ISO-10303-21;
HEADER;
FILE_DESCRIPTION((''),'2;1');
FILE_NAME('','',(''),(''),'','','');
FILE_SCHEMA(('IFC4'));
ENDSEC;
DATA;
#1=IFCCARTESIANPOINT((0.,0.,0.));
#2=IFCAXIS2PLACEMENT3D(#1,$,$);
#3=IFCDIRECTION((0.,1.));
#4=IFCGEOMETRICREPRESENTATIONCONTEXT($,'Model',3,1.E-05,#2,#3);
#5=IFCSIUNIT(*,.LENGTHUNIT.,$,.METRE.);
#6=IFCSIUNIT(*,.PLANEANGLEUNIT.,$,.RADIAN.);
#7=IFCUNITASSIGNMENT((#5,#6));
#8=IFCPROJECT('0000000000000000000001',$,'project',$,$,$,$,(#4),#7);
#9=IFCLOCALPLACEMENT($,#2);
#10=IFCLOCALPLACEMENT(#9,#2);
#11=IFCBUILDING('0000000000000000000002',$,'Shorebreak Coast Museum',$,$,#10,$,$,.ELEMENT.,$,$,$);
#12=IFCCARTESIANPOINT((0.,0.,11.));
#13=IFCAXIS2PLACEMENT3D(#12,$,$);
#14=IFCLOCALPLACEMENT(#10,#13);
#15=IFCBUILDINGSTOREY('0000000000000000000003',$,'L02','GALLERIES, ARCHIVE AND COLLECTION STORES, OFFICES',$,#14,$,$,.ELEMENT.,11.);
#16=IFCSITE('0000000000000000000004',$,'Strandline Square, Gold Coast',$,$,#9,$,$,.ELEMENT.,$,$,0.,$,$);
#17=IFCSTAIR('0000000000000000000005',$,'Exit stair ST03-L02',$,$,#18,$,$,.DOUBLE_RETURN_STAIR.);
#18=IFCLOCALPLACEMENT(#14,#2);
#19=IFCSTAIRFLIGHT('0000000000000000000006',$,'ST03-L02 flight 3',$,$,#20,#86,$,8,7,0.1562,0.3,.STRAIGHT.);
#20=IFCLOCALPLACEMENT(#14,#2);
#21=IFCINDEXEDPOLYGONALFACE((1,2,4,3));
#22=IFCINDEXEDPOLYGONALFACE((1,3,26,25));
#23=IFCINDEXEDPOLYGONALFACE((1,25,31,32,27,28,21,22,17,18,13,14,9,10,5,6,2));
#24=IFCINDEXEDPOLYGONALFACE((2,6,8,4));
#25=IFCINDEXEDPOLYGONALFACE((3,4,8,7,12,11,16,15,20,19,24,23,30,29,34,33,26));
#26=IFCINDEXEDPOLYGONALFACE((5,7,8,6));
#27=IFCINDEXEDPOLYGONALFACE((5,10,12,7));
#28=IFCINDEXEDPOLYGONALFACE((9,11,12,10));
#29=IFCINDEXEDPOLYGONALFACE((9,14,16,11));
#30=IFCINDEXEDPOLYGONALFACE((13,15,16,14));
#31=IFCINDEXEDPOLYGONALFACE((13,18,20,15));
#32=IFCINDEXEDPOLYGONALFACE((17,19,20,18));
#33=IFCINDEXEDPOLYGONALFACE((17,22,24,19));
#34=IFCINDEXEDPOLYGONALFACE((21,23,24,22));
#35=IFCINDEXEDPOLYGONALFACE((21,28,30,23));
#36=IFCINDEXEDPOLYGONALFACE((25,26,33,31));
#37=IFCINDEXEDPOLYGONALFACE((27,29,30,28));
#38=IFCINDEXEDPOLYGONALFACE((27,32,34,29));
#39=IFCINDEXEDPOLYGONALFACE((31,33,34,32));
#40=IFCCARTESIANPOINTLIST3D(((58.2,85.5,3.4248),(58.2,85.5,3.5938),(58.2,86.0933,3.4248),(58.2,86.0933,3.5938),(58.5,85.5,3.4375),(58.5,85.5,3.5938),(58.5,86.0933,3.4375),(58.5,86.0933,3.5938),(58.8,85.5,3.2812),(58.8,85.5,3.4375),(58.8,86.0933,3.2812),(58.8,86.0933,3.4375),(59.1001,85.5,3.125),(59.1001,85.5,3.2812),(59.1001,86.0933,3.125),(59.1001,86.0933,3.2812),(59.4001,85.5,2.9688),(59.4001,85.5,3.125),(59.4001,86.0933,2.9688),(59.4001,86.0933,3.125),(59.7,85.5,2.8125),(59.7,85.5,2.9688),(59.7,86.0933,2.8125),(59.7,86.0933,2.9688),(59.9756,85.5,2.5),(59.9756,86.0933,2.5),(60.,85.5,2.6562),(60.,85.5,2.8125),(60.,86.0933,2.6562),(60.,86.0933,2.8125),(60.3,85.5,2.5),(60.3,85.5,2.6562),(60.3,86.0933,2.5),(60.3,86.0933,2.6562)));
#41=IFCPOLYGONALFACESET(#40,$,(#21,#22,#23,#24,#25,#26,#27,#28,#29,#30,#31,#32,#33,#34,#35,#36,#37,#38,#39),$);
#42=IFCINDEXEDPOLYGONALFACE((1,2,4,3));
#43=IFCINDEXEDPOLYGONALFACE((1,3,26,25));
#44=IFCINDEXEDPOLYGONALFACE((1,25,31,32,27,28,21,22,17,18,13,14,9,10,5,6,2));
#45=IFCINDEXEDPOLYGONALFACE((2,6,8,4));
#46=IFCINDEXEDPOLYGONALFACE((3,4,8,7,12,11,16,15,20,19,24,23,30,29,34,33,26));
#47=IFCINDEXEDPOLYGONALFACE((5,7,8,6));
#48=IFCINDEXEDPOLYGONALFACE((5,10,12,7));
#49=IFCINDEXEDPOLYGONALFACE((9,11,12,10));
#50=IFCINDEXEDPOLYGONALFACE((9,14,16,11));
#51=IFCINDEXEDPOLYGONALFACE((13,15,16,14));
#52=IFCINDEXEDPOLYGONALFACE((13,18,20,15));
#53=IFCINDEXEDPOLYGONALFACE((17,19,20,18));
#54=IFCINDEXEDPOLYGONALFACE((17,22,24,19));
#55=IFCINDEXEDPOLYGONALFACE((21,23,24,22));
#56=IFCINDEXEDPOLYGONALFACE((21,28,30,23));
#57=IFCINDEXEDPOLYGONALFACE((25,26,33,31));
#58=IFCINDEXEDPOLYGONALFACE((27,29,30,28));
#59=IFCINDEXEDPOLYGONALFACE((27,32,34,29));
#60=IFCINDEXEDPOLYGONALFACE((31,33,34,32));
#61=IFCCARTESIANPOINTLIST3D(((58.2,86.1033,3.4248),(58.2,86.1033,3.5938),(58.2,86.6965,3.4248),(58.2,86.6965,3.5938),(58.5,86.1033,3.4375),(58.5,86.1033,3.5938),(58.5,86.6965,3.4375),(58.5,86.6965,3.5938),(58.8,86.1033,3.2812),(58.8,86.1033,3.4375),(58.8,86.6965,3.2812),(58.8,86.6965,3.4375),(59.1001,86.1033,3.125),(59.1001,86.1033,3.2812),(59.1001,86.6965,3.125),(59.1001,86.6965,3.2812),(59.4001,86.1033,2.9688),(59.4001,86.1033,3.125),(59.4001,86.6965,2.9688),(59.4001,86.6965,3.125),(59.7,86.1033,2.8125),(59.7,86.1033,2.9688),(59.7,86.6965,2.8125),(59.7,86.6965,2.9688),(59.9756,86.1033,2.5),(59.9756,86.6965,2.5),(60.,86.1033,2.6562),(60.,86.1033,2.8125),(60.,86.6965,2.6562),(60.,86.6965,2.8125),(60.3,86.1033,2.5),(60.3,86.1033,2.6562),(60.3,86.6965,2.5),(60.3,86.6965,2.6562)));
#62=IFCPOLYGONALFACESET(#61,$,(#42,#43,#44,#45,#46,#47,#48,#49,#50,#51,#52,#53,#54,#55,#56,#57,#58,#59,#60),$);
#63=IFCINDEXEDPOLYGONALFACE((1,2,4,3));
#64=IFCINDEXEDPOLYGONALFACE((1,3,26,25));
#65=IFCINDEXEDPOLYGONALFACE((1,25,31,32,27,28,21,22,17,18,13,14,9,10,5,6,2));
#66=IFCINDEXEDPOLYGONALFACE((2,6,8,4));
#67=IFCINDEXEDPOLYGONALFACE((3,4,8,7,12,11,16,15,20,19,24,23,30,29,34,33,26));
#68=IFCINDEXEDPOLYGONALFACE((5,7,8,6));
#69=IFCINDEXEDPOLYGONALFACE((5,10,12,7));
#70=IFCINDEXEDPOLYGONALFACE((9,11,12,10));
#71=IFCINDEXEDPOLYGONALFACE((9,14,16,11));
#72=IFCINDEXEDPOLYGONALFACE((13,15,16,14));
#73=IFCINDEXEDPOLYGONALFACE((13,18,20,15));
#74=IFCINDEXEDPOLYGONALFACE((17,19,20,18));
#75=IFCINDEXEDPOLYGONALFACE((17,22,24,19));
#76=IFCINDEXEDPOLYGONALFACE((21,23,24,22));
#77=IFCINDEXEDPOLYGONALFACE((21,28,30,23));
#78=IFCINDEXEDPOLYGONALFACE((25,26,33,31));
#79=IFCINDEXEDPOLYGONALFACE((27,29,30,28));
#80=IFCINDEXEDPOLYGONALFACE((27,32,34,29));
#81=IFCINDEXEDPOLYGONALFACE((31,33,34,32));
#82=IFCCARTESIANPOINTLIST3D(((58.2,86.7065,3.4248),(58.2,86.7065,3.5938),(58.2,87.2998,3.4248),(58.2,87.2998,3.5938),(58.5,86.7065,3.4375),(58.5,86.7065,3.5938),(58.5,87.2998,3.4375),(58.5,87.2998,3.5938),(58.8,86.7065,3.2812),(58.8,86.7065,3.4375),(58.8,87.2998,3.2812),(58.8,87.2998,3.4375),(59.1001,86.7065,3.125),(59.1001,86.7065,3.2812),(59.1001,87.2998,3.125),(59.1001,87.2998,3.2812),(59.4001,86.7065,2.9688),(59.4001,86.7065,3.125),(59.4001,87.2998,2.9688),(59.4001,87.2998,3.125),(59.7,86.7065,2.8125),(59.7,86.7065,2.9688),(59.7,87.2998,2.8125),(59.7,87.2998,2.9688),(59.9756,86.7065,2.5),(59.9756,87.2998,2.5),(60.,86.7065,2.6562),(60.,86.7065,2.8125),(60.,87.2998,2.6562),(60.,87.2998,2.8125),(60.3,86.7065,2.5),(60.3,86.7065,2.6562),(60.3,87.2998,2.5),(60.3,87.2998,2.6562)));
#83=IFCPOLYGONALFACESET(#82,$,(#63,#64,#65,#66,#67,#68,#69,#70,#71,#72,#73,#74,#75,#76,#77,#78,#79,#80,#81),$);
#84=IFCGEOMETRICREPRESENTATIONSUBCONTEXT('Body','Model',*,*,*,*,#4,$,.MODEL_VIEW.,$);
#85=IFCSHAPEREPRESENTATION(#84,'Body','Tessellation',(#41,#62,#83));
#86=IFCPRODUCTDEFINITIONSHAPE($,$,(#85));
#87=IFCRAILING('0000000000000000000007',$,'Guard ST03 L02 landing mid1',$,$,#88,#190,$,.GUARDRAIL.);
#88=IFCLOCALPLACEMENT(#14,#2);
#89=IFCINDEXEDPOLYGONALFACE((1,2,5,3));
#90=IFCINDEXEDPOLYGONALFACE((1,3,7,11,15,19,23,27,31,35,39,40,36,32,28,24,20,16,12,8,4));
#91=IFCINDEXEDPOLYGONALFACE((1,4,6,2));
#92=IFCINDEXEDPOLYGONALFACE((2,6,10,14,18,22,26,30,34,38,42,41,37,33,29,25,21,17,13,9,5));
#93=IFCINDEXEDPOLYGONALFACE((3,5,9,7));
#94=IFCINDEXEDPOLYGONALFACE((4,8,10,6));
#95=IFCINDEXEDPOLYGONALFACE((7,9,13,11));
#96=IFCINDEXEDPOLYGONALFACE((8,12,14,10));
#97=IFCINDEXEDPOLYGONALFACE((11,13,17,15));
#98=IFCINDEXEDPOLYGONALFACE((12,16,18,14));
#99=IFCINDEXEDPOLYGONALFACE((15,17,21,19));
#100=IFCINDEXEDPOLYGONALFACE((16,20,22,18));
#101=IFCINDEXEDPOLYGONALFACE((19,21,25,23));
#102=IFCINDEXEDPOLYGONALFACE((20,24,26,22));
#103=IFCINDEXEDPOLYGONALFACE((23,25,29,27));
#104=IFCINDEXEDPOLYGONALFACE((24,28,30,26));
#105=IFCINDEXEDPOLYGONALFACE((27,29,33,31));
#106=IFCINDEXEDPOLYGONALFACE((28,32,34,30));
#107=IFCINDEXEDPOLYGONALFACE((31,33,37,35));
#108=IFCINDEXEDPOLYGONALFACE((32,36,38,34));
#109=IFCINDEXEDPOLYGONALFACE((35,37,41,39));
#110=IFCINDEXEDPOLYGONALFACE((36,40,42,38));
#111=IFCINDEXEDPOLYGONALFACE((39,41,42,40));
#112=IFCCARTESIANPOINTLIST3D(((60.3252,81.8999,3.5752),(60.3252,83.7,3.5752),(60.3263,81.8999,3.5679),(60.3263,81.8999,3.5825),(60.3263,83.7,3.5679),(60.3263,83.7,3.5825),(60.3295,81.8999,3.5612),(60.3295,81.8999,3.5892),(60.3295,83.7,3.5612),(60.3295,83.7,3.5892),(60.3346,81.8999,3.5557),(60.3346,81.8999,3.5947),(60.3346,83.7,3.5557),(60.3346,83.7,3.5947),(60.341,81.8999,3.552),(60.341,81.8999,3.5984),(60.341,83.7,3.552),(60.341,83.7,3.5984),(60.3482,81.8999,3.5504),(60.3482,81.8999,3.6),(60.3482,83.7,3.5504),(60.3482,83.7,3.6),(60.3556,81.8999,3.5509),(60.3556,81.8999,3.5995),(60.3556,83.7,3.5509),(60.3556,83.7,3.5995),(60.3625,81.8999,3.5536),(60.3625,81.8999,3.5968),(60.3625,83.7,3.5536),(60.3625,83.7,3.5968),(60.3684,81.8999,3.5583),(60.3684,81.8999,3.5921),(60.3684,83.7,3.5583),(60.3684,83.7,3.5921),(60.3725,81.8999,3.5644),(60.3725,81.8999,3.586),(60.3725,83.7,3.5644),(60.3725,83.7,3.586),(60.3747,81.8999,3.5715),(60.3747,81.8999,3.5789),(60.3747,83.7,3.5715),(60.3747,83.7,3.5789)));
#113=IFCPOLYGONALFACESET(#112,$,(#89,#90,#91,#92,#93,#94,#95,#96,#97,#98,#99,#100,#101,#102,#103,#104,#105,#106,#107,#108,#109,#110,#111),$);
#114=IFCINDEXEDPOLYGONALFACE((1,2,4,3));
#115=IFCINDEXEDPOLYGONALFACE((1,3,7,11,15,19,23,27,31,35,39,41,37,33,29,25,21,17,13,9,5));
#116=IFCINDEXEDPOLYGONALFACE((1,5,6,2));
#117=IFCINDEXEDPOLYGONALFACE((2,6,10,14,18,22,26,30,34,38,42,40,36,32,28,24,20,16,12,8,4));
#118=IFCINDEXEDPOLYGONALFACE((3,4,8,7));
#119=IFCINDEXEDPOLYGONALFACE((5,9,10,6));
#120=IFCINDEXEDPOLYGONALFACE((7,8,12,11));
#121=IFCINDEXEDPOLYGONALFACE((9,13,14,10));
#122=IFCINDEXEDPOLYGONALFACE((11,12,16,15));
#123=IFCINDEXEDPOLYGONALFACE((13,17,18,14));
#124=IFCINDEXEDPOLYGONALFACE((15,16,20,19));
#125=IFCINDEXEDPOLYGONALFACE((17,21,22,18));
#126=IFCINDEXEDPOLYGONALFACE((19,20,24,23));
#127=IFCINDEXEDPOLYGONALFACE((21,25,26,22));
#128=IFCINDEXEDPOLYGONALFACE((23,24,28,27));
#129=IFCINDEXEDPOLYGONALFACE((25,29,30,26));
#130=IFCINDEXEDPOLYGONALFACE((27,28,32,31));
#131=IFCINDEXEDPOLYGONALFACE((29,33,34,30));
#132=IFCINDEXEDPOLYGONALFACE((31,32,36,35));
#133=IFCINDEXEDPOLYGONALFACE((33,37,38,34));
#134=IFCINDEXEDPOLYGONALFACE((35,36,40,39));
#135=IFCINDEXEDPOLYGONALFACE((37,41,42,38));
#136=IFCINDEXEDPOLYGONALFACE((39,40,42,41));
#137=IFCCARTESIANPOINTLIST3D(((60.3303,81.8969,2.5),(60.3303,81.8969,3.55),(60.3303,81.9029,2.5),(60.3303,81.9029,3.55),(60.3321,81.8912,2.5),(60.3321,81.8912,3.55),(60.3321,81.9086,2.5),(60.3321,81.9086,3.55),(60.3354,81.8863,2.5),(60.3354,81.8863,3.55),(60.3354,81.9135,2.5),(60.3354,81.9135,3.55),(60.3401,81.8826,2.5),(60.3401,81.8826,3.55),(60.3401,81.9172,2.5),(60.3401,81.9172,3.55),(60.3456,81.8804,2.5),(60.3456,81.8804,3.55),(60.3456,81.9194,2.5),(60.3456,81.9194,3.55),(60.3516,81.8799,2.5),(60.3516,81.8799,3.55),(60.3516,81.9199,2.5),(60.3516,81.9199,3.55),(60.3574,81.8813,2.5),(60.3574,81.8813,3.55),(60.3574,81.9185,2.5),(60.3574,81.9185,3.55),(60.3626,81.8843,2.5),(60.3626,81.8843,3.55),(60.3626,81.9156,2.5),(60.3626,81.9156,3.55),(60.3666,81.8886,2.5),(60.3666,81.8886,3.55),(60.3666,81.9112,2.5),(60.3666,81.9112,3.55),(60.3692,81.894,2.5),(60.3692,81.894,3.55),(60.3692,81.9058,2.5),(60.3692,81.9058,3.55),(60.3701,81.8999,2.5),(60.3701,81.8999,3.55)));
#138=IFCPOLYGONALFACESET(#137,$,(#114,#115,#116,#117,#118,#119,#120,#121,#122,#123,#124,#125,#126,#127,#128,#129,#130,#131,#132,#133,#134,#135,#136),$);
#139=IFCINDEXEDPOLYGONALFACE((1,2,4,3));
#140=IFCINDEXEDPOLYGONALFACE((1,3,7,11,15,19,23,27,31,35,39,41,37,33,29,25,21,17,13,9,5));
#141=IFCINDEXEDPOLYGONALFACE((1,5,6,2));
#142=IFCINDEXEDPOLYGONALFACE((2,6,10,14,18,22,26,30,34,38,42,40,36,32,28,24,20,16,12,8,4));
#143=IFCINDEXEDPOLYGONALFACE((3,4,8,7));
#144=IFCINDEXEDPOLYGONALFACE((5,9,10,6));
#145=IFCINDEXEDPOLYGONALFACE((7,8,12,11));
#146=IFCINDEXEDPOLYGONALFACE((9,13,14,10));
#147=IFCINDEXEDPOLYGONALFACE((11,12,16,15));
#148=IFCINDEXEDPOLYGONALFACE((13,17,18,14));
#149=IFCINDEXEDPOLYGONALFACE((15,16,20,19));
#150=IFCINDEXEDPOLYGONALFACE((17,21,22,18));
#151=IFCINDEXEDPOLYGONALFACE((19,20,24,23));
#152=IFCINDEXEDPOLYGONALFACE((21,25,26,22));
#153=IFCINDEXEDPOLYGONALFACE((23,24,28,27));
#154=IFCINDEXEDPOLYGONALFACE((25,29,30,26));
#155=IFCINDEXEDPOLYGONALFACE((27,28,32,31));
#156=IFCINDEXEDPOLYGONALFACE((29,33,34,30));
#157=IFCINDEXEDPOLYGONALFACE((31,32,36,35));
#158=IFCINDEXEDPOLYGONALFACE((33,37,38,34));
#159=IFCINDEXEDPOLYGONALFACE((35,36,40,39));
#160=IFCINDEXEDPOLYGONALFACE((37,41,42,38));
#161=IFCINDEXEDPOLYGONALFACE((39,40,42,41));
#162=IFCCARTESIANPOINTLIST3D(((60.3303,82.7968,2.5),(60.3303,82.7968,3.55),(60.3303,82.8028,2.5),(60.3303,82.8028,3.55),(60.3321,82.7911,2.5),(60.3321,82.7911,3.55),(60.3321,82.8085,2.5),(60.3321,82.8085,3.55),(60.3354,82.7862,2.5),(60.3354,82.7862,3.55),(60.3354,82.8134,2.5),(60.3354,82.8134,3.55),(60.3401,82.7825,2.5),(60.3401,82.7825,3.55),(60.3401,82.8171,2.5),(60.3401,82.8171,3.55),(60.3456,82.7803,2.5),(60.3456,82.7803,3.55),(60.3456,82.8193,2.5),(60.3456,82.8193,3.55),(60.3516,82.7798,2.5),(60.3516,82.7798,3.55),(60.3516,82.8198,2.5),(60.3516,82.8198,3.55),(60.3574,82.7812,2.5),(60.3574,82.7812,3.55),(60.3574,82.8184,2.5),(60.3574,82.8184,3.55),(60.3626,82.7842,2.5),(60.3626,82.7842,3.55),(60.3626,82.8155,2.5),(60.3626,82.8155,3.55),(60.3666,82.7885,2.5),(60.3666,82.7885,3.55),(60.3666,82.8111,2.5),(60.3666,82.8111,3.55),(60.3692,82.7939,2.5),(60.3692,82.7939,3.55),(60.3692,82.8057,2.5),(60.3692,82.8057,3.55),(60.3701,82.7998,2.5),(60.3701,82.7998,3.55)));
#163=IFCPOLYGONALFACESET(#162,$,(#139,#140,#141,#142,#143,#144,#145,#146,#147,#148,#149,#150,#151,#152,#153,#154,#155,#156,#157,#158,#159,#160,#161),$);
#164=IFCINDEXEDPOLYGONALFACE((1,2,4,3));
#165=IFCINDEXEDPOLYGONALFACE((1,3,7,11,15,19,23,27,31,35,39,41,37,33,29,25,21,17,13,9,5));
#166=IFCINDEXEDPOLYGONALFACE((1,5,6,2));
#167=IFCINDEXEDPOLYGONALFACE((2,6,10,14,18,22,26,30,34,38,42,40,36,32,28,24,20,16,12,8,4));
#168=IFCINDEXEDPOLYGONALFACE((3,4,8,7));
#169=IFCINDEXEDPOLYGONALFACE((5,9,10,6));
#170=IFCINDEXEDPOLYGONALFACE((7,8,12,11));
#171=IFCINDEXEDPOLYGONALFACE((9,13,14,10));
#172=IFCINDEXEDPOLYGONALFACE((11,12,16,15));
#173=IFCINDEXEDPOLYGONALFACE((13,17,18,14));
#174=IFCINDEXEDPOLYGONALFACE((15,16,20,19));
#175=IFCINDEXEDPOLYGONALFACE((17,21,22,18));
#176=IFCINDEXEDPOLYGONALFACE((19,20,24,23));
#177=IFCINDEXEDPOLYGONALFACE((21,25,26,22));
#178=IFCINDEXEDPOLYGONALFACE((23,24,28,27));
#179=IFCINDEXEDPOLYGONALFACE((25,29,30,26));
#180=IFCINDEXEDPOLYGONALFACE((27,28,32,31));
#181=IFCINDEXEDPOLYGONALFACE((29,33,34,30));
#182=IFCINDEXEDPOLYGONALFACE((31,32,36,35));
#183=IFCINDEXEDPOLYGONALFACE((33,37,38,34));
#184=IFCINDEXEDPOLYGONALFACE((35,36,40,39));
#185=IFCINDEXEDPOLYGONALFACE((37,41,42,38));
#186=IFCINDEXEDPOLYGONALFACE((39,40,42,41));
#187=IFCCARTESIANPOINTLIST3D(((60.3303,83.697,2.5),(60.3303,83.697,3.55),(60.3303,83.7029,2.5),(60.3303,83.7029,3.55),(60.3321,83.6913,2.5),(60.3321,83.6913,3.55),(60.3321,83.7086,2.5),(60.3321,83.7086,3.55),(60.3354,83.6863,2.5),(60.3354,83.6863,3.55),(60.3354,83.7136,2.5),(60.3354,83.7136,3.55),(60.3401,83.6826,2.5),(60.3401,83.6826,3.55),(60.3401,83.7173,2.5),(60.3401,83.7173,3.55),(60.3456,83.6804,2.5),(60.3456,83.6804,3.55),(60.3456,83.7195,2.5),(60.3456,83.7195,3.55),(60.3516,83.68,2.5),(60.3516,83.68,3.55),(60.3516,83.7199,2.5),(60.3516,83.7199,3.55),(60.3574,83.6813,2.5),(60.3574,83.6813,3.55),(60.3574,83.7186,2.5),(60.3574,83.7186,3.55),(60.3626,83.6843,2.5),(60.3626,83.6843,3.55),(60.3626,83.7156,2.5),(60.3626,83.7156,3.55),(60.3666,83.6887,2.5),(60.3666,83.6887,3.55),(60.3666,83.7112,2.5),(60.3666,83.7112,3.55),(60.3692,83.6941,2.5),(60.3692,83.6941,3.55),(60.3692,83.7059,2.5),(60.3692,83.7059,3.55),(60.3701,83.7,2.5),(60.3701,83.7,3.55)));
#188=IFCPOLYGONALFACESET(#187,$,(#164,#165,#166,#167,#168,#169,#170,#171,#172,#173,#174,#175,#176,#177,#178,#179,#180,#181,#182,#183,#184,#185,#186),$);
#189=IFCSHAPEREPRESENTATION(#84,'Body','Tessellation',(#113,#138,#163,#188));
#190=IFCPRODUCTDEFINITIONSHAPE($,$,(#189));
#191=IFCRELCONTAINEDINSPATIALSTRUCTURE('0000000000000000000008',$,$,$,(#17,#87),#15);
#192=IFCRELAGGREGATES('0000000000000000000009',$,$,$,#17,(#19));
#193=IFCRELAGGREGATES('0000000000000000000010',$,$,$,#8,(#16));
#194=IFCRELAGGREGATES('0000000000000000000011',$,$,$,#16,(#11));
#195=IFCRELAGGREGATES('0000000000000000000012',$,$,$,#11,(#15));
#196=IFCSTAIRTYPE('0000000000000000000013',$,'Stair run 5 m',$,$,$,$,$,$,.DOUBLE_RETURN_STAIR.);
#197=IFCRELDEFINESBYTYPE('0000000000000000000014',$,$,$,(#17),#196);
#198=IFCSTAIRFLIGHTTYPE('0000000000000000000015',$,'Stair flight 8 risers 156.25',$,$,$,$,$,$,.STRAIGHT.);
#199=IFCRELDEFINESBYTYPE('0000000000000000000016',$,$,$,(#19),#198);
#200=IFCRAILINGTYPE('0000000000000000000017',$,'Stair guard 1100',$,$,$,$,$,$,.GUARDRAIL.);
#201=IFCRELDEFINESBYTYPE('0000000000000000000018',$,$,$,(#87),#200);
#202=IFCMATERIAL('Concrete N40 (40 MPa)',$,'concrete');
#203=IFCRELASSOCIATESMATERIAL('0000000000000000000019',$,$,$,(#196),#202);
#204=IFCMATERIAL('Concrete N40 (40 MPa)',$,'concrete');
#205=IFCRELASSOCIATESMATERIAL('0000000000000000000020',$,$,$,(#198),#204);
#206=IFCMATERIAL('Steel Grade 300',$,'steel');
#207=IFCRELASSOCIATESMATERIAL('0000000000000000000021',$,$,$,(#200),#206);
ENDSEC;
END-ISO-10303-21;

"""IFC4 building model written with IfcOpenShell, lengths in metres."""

from ifc_helpers import new_model, si_unit, direction, frame, origin, origin_2d, place, context, subcontext, project, spatial, polyline, circle, outline, extrude, material, type_object, element, aggregate, save


model = new_model("IFC4")

# Units and contexts
model_context = context("Model", 3, precision=1e-05, world=origin(), true_north=direction((0.0, 1.0)))
body_context = subcontext(model_context, "Body", "Model", "MODEL_VIEW")
ifc_project = project(units=[si_unit("LENGTHUNIT", "METRE"), si_unit("PLANEANGLEUNIT", "RADIAN")], contexts=[model_context])

# Site, building, storey
site_placement = place(None, origin())
site = spatial("IfcSite", under=ifc_project, at=site_placement, Name="Strandline Square, Gold Coast", CompositionType="ELEMENT", RefElevation=0.0)
building_placement = place(site_placement, origin())
building = spatial("IfcBuilding", under=site, at=building_placement, Name="Shorebreak Coast Museum", CompositionType="ELEMENT")
storey_placement = place(building_placement, frame((0.0, 0.0, 11.0)))
storey = spatial("IfcBuildingStorey", under=building, at=storey_placement, Name="L02", Description="GALLERIES, ARCHIVE AND COLLECTION STORES, OFFICES", CompositionType="ELEMENT", Elevation=11.0)

# Stair, stair flight
ifc_material_1 = material(Name="Concrete N40 (40 MPa)", Category="concrete")
stair_type = type_object("IfcStairType", Name="Stair run 5 m", PredefinedType="DOUBLE_RETURN_STAIR", material=ifc_material_1)
stair_placement = place(storey_placement, origin())
stair = element("IfcStair", 1, at=stair_placement, inside=storey, type_object=stair_type, Name="Exit stair ST03-L02", PredefinedType="DOUBLE_RETURN_STAIR")
ifc_material_2 = material(Name="Concrete N40 (40 MPa)", Category="concrete")
stair_flight_type = type_object("IfcStairFlightType", Name="Stair flight 8 risers 156.25", PredefinedType="STRAIGHT", material=ifc_material_2)
stair_flight_1_placement = place(storey_placement, frame((60.3, 86.3999, 2.5), z_axis=(0.0, 0.0, 1.0), x_axis=(-1.0, 0.0, 0.0)))
stair_flight_1 = element("IfcStairFlight", 2, at=stair_flight_1_placement, type_object=stair_flight_type, Name="ST03-L02 flight 3", NumberOfRisers=8, NumberOfTreads=7, PredefinedType="STRAIGHT", RiserHeight=0.1562, TreadLength=0.3, context=body_context, shape_type="SweptSolid", body=[
    extrude(outline(polyline([(0.0, 0.0), (0.0, 0.1562), (0.3, 0.1562), (0.3, 0.3125), (0.6001, 0.3125), (0.6001, 0.4688), (0.8999, 0.4688), (0.8999, 0.625), (1.2, 0.625), (1.2, 0.7812), (1.5, 0.7812), (1.5, 0.9375), (1.8, 0.9375), (1.8, 1.0938), (2.1001, 1.0938), (2.1001, 1.25), (2.1001, 0.9248), (0.3245, 0.0), (0.0, 0.0)])), frame((0.0, 0.8999, 0.0), z_axis=(0.0, -1.0, 0.0), x_axis=(1.0, 0.0, 0.0)), (0.0, 0.0, 1.0), 0.5933),
    extrude(outline(polyline([(0.0, 0.0), (0.0, 0.1562), (0.3, 0.1562), (0.3, 0.3125), (0.6001, 0.3125), (0.6001, 0.4688), (0.8999, 0.4688), (0.8999, 0.625), (1.2, 0.625), (1.2, 0.7812), (1.5, 0.7812), (1.5, 0.9375), (1.8, 0.9375), (1.8, 1.0938), (2.1001, 1.0938), (2.1001, 1.25), (2.1001, 0.9248), (0.3245, 0.0), (0.0, 0.0)])), frame((0.0, 0.2966, 0.0), z_axis=(0.0, -1.0, 0.0), x_axis=(1.0, 0.0, 0.0)), (0.0, 0.0, 1.0), 0.5933),
    extrude(outline(polyline([(0.0, 0.0), (0.0, 0.1562), (0.3, 0.1562), (0.3, 0.3125), (0.6001, 0.3125), (0.6001, 0.4688), (0.8999, 0.4688), (0.8999, 0.625), (1.2, 0.625), (1.2, 0.7812), (1.5, 0.7812), (1.5, 0.9375), (1.8, 0.9375), (1.8, 1.0938), (2.1001, 1.0938), (2.1001, 1.25), (2.1001, 0.9248), (0.3245, 0.0), (0.0, 0.0)])), frame((0.0, -0.3066, 0.0), z_axis=(0.0, -1.0, 0.0), x_axis=(1.0, 0.0, 0.0)), (0.0, 0.0, 1.0), 0.5933),
])
aggregate(stair, [stair_flight_1])

# Railing
ifc_material_3 = material(Name="Steel Grade 300", Category="steel")
railing_type_1 = type_object("IfcRailingType", Name="Stair guard 1100", PredefinedType="GUARDRAIL", material=ifc_material_3)
railing_1_placement = place(storey_placement, frame((60.3501, 81.8999, 2.5)))
element("IfcRailing", 3, at=railing_1_placement, inside=storey, type_object=railing_type_1, Name="Guard ST03 L02 landing mid1", PredefinedType="GUARDRAIL", context=body_context, shape_type="SweptSolid", body=[
    extrude(circle(Radius=0.0249, at=origin_2d()), frame((0.0, 0.0, 1.0752), z_axis=(0.0, 1.0, 0.0), x_axis=(-1.0, 0.0, 0.0)), (0.0, 0.0, 1.0), 1.8),
    extrude(circle(Radius=0.02, at=origin_2d()), origin(), (0.0, 0.0, 1.0), 1.05),
    extrude(circle(Radius=0.02, at=origin_2d()), frame((0.0, 0.8999, 0.0)), (0.0, 0.0, 1.0), 1.05),
    extrude(circle(Radius=0.02, at=origin_2d()), frame((0.0, 1.8, 0.0)), (0.0, 0.0, 1.0), 1.05),
])

save(model, "model.ifc")
